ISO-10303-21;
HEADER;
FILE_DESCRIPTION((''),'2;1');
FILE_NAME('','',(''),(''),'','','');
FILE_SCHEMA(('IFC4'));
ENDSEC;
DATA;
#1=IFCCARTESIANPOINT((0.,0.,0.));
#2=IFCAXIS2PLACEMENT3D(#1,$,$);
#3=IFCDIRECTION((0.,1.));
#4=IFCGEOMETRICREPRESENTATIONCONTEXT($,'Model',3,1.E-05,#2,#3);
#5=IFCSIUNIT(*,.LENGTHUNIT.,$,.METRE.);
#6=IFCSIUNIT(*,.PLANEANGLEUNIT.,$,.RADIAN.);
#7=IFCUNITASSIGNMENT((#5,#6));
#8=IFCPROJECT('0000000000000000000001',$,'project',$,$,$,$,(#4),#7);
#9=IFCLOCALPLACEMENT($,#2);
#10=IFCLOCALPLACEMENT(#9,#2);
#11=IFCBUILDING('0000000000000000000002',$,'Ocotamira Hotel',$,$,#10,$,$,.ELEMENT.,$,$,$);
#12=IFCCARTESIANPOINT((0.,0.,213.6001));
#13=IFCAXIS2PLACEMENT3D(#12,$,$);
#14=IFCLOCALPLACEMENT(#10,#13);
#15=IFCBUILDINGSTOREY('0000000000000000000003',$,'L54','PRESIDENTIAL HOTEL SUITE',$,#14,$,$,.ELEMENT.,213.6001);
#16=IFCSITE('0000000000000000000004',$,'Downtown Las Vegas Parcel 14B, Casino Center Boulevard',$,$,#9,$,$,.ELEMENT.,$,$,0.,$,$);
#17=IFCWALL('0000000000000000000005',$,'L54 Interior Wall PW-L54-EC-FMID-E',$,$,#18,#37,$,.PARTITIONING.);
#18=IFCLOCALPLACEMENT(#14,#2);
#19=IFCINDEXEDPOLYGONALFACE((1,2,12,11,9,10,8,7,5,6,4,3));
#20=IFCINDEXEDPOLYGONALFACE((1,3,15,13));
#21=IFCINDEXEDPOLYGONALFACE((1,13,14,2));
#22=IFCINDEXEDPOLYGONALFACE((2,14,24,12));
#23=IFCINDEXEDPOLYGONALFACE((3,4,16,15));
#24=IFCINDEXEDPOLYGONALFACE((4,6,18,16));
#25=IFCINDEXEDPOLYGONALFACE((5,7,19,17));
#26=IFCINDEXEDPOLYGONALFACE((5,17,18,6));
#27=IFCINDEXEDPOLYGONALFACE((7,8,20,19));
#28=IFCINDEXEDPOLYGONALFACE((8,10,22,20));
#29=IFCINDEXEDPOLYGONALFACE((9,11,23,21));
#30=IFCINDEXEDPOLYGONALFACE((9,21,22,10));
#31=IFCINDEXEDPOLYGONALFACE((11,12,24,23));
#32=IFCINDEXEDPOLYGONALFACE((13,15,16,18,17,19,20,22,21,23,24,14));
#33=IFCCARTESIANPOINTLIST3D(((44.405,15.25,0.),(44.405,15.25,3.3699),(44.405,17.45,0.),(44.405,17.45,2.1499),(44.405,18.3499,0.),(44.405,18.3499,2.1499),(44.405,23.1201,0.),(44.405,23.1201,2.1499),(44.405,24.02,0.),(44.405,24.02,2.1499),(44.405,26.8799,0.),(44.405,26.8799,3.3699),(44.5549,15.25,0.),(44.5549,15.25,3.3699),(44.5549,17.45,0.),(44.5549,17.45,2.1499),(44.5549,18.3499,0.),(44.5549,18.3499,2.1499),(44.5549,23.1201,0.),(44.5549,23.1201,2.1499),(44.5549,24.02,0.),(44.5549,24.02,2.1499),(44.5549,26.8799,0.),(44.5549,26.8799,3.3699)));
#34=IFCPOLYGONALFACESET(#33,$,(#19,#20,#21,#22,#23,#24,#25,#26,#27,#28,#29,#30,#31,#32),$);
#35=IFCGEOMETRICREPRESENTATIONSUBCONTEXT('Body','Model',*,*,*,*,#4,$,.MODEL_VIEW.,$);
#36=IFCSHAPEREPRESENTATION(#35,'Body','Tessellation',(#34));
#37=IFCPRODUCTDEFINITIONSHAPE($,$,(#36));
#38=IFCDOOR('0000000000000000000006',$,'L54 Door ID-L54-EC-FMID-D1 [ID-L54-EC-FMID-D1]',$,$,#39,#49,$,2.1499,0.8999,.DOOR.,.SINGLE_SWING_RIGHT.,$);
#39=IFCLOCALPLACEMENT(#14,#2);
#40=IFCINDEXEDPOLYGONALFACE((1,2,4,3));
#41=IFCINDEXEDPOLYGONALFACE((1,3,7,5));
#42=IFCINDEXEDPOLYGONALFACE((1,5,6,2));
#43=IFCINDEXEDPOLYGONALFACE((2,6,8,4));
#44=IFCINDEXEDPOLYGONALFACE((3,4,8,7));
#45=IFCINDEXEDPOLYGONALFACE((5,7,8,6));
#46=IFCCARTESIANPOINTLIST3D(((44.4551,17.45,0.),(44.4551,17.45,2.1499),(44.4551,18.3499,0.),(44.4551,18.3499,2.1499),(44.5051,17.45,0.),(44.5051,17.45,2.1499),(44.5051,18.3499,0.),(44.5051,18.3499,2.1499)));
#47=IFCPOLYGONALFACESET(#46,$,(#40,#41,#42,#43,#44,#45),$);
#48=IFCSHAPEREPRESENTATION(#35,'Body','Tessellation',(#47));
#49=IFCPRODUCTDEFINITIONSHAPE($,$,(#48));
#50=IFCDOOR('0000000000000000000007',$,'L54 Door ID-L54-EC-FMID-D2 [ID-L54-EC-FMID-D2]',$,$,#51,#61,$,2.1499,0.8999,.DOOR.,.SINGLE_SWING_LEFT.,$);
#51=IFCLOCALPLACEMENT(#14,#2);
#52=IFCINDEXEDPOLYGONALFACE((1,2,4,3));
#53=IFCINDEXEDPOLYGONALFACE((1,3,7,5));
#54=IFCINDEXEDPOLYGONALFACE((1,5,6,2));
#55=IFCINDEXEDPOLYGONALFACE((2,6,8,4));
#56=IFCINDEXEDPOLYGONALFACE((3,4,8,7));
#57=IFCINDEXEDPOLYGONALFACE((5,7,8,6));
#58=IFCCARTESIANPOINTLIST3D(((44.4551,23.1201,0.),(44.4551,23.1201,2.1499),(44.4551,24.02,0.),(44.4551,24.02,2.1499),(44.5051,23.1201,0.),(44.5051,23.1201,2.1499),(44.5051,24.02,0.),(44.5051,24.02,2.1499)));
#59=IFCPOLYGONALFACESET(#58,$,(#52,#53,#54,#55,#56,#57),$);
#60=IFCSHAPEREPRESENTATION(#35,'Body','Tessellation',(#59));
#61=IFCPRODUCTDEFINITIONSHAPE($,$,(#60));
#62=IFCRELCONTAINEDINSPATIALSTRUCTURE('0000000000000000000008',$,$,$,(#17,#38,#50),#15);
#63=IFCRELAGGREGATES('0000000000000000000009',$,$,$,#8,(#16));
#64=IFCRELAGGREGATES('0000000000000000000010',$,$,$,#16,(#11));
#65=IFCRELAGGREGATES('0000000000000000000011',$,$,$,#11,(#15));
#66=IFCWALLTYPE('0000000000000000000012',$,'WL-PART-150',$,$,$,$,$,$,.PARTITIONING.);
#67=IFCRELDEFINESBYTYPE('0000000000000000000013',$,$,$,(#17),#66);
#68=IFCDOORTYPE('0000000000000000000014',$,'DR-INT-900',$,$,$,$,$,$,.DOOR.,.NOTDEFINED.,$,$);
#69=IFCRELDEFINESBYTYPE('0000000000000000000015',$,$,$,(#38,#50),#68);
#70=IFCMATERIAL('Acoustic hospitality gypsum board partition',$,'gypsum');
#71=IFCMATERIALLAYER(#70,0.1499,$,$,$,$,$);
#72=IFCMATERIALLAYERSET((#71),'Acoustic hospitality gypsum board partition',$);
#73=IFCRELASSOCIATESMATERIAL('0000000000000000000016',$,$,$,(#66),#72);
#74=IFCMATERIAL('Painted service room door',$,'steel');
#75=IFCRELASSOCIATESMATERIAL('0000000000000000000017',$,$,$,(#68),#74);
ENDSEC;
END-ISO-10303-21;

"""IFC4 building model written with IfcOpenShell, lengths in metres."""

from ifc_helpers import new_model, si_unit, direction, frame, frame_2d, origin, place, context, subcontext, project, spatial, rectangle, extrude, source, transform, mapped, material, layer, layer_set, type_object, element, fill, save


model = new_model("IFC4")

# Units and contexts
model_context = context("Model", 3, precision=1e-05, world=origin(), true_north=direction((0.0, 1.0)))
body_context = subcontext(model_context, "Body", "Model", "MODEL_VIEW")
ifc_project = project(units=[si_unit("LENGTHUNIT", "METRE"), si_unit("PLANEANGLEUNIT", "RADIAN")], contexts=[model_context])

# Site, building, storey
site_placement = place(None, origin())
site = spatial("IfcSite", under=ifc_project, at=site_placement, Name="Downtown Las Vegas Parcel 14B, Casino Center Boulevard", CompositionType="ELEMENT", RefElevation=0.0)
building_placement = place(site_placement, origin())
building = spatial("IfcBuilding", under=site, at=building_placement, Name="Ocotamira Hotel", CompositionType="ELEMENT")
storey_placement = place(building_placement, frame((0.0, 0.0, 213.6001)))
storey = spatial("IfcBuildingStorey", under=building, at=storey_placement, Name="L54", Description="PRESIDENTIAL HOTEL SUITE", CompositionType="ELEMENT", Elevation=213.6001)

# Shared definitions
ifc_material_1 = material(Name="Acoustic hospitality gypsum board partition", Category="gypsum")
ifc_layer_1 = layer(ifc_material_1, 0.1499)
ifc_layer_set_1 = layer_set([ifc_layer_1], Name="Acoustic hospitality gypsum board partition")
wall_type_1 = type_object("IfcWallType", Name="WL-PART-150", PredefinedType="PARTITIONING", material=ifc_layer_set_1)

# Wall, openings, doors
wall_1_placement = place(storey_placement, frame((44.48, 15.25, 0.0), z_axis=(0.0, 0.0, 1.0), x_axis=(0.0, 1.0, 0.0)))
wall_1 = element("IfcWall", 1, at=wall_1_placement, inside=storey, type_object=wall_type_1, Name="L54 Interior Wall PW-L54-EC-FMID-E", PredefinedType="PARTITIONING", context=body_context, shape_type="SweptSolid", body=[
    extrude(rectangle(XDim=11.6299, YDim=0.1499, at=frame_2d((5.8149, 0.0))), origin(), (0.0, 0.0, 1.0), 3.3699),
])
opening_1_placement = place(wall_1_placement, frame((2.2, 0.0, 0.0)))
opening_1 = element("IfcOpeningElement", 2, at=opening_1_placement, cuts=wall_1, PredefinedType="OPENING", context=body_context, shape_type="SweptSolid", body=[
    extrude(rectangle(XDim=0.8999, YDim=2.1499, at=frame_2d((0.45, 1.075))), frame((0.0, 0.085, 0.0), z_axis=(0.0, -1.0, 0.0), x_axis=(1.0, 0.0, 0.0)), (0.0, 0.0, 1.0), 0.1699),
])
opening_2_placement = place(wall_1_placement, frame((7.8701, 0.0, 0.0)))
opening_2 = element("IfcOpeningElement", 3, at=opening_2_placement, cuts=wall_1, PredefinedType="OPENING", context=body_context, shape_type="SweptSolid", body=[
    extrude(rectangle(XDim=0.8999, YDim=2.1499, at=frame_2d((0.45, 1.075))), frame((0.0, 0.085, 0.0), z_axis=(0.0, -1.0, 0.0), x_axis=(1.0, 0.0, 0.0)), (0.0, 0.0, 1.0), 0.1699),
])
ifc_material_2 = material(Name="Painted service room door", Category="steel")
door_type_1 = type_object("IfcDoorType", Name="DR-INT-900", OperationType="NOTDEFINED", PredefinedType="DOOR", material=ifc_material_2)
shared_shape_1 = source(origin(), body_context, "Body", "SweptSolid", [
    extrude(rectangle(XDim=0.8999, YDim=2.1499, at=frame_2d((0.45, 1.075))), frame((0.0, 0.0249, 0.0), z_axis=(0.0, -1.0, 0.0), x_axis=(1.0, 0.0, 0.0)), (0.0, 0.0, 1.0), 0.05),
])
door_1_placement = place(opening_1_placement, origin())
door_1 = element("IfcDoor", 4, at=door_1_placement, inside=storey, type_object=door_type_1, Name="L54 Door ID-L54-EC-FMID-D1 [ID-L54-EC-FMID-D1]", OperationType="SINGLE_SWING_RIGHT", OverallHeight=2.1499, OverallWidth=0.8999, PredefinedType="DOOR", context=body_context, shape_type="MappedRepresentation", body=[
    mapped(shared_shape_1, transform((0.0, 0.0, 0.0), scale=1.0)),
])
fill(opening_1, door_1)
door_2_placement = place(opening_2_placement, origin())
door_2 = element("IfcDoor", 5, at=door_2_placement, inside=storey, type_object=door_type_1, Name="L54 Door ID-L54-EC-FMID-D2 [ID-L54-EC-FMID-D2]", OperationType="SINGLE_SWING_LEFT", OverallHeight=2.1499, OverallWidth=0.8999, PredefinedType="DOOR", context=body_context, shape_type="MappedRepresentation", body=[
    mapped(shared_shape_1, transform((0.0, 0.0, 0.0), scale=1.0)),
])
fill(opening_2, door_2)

save(model, "model.ifc")
